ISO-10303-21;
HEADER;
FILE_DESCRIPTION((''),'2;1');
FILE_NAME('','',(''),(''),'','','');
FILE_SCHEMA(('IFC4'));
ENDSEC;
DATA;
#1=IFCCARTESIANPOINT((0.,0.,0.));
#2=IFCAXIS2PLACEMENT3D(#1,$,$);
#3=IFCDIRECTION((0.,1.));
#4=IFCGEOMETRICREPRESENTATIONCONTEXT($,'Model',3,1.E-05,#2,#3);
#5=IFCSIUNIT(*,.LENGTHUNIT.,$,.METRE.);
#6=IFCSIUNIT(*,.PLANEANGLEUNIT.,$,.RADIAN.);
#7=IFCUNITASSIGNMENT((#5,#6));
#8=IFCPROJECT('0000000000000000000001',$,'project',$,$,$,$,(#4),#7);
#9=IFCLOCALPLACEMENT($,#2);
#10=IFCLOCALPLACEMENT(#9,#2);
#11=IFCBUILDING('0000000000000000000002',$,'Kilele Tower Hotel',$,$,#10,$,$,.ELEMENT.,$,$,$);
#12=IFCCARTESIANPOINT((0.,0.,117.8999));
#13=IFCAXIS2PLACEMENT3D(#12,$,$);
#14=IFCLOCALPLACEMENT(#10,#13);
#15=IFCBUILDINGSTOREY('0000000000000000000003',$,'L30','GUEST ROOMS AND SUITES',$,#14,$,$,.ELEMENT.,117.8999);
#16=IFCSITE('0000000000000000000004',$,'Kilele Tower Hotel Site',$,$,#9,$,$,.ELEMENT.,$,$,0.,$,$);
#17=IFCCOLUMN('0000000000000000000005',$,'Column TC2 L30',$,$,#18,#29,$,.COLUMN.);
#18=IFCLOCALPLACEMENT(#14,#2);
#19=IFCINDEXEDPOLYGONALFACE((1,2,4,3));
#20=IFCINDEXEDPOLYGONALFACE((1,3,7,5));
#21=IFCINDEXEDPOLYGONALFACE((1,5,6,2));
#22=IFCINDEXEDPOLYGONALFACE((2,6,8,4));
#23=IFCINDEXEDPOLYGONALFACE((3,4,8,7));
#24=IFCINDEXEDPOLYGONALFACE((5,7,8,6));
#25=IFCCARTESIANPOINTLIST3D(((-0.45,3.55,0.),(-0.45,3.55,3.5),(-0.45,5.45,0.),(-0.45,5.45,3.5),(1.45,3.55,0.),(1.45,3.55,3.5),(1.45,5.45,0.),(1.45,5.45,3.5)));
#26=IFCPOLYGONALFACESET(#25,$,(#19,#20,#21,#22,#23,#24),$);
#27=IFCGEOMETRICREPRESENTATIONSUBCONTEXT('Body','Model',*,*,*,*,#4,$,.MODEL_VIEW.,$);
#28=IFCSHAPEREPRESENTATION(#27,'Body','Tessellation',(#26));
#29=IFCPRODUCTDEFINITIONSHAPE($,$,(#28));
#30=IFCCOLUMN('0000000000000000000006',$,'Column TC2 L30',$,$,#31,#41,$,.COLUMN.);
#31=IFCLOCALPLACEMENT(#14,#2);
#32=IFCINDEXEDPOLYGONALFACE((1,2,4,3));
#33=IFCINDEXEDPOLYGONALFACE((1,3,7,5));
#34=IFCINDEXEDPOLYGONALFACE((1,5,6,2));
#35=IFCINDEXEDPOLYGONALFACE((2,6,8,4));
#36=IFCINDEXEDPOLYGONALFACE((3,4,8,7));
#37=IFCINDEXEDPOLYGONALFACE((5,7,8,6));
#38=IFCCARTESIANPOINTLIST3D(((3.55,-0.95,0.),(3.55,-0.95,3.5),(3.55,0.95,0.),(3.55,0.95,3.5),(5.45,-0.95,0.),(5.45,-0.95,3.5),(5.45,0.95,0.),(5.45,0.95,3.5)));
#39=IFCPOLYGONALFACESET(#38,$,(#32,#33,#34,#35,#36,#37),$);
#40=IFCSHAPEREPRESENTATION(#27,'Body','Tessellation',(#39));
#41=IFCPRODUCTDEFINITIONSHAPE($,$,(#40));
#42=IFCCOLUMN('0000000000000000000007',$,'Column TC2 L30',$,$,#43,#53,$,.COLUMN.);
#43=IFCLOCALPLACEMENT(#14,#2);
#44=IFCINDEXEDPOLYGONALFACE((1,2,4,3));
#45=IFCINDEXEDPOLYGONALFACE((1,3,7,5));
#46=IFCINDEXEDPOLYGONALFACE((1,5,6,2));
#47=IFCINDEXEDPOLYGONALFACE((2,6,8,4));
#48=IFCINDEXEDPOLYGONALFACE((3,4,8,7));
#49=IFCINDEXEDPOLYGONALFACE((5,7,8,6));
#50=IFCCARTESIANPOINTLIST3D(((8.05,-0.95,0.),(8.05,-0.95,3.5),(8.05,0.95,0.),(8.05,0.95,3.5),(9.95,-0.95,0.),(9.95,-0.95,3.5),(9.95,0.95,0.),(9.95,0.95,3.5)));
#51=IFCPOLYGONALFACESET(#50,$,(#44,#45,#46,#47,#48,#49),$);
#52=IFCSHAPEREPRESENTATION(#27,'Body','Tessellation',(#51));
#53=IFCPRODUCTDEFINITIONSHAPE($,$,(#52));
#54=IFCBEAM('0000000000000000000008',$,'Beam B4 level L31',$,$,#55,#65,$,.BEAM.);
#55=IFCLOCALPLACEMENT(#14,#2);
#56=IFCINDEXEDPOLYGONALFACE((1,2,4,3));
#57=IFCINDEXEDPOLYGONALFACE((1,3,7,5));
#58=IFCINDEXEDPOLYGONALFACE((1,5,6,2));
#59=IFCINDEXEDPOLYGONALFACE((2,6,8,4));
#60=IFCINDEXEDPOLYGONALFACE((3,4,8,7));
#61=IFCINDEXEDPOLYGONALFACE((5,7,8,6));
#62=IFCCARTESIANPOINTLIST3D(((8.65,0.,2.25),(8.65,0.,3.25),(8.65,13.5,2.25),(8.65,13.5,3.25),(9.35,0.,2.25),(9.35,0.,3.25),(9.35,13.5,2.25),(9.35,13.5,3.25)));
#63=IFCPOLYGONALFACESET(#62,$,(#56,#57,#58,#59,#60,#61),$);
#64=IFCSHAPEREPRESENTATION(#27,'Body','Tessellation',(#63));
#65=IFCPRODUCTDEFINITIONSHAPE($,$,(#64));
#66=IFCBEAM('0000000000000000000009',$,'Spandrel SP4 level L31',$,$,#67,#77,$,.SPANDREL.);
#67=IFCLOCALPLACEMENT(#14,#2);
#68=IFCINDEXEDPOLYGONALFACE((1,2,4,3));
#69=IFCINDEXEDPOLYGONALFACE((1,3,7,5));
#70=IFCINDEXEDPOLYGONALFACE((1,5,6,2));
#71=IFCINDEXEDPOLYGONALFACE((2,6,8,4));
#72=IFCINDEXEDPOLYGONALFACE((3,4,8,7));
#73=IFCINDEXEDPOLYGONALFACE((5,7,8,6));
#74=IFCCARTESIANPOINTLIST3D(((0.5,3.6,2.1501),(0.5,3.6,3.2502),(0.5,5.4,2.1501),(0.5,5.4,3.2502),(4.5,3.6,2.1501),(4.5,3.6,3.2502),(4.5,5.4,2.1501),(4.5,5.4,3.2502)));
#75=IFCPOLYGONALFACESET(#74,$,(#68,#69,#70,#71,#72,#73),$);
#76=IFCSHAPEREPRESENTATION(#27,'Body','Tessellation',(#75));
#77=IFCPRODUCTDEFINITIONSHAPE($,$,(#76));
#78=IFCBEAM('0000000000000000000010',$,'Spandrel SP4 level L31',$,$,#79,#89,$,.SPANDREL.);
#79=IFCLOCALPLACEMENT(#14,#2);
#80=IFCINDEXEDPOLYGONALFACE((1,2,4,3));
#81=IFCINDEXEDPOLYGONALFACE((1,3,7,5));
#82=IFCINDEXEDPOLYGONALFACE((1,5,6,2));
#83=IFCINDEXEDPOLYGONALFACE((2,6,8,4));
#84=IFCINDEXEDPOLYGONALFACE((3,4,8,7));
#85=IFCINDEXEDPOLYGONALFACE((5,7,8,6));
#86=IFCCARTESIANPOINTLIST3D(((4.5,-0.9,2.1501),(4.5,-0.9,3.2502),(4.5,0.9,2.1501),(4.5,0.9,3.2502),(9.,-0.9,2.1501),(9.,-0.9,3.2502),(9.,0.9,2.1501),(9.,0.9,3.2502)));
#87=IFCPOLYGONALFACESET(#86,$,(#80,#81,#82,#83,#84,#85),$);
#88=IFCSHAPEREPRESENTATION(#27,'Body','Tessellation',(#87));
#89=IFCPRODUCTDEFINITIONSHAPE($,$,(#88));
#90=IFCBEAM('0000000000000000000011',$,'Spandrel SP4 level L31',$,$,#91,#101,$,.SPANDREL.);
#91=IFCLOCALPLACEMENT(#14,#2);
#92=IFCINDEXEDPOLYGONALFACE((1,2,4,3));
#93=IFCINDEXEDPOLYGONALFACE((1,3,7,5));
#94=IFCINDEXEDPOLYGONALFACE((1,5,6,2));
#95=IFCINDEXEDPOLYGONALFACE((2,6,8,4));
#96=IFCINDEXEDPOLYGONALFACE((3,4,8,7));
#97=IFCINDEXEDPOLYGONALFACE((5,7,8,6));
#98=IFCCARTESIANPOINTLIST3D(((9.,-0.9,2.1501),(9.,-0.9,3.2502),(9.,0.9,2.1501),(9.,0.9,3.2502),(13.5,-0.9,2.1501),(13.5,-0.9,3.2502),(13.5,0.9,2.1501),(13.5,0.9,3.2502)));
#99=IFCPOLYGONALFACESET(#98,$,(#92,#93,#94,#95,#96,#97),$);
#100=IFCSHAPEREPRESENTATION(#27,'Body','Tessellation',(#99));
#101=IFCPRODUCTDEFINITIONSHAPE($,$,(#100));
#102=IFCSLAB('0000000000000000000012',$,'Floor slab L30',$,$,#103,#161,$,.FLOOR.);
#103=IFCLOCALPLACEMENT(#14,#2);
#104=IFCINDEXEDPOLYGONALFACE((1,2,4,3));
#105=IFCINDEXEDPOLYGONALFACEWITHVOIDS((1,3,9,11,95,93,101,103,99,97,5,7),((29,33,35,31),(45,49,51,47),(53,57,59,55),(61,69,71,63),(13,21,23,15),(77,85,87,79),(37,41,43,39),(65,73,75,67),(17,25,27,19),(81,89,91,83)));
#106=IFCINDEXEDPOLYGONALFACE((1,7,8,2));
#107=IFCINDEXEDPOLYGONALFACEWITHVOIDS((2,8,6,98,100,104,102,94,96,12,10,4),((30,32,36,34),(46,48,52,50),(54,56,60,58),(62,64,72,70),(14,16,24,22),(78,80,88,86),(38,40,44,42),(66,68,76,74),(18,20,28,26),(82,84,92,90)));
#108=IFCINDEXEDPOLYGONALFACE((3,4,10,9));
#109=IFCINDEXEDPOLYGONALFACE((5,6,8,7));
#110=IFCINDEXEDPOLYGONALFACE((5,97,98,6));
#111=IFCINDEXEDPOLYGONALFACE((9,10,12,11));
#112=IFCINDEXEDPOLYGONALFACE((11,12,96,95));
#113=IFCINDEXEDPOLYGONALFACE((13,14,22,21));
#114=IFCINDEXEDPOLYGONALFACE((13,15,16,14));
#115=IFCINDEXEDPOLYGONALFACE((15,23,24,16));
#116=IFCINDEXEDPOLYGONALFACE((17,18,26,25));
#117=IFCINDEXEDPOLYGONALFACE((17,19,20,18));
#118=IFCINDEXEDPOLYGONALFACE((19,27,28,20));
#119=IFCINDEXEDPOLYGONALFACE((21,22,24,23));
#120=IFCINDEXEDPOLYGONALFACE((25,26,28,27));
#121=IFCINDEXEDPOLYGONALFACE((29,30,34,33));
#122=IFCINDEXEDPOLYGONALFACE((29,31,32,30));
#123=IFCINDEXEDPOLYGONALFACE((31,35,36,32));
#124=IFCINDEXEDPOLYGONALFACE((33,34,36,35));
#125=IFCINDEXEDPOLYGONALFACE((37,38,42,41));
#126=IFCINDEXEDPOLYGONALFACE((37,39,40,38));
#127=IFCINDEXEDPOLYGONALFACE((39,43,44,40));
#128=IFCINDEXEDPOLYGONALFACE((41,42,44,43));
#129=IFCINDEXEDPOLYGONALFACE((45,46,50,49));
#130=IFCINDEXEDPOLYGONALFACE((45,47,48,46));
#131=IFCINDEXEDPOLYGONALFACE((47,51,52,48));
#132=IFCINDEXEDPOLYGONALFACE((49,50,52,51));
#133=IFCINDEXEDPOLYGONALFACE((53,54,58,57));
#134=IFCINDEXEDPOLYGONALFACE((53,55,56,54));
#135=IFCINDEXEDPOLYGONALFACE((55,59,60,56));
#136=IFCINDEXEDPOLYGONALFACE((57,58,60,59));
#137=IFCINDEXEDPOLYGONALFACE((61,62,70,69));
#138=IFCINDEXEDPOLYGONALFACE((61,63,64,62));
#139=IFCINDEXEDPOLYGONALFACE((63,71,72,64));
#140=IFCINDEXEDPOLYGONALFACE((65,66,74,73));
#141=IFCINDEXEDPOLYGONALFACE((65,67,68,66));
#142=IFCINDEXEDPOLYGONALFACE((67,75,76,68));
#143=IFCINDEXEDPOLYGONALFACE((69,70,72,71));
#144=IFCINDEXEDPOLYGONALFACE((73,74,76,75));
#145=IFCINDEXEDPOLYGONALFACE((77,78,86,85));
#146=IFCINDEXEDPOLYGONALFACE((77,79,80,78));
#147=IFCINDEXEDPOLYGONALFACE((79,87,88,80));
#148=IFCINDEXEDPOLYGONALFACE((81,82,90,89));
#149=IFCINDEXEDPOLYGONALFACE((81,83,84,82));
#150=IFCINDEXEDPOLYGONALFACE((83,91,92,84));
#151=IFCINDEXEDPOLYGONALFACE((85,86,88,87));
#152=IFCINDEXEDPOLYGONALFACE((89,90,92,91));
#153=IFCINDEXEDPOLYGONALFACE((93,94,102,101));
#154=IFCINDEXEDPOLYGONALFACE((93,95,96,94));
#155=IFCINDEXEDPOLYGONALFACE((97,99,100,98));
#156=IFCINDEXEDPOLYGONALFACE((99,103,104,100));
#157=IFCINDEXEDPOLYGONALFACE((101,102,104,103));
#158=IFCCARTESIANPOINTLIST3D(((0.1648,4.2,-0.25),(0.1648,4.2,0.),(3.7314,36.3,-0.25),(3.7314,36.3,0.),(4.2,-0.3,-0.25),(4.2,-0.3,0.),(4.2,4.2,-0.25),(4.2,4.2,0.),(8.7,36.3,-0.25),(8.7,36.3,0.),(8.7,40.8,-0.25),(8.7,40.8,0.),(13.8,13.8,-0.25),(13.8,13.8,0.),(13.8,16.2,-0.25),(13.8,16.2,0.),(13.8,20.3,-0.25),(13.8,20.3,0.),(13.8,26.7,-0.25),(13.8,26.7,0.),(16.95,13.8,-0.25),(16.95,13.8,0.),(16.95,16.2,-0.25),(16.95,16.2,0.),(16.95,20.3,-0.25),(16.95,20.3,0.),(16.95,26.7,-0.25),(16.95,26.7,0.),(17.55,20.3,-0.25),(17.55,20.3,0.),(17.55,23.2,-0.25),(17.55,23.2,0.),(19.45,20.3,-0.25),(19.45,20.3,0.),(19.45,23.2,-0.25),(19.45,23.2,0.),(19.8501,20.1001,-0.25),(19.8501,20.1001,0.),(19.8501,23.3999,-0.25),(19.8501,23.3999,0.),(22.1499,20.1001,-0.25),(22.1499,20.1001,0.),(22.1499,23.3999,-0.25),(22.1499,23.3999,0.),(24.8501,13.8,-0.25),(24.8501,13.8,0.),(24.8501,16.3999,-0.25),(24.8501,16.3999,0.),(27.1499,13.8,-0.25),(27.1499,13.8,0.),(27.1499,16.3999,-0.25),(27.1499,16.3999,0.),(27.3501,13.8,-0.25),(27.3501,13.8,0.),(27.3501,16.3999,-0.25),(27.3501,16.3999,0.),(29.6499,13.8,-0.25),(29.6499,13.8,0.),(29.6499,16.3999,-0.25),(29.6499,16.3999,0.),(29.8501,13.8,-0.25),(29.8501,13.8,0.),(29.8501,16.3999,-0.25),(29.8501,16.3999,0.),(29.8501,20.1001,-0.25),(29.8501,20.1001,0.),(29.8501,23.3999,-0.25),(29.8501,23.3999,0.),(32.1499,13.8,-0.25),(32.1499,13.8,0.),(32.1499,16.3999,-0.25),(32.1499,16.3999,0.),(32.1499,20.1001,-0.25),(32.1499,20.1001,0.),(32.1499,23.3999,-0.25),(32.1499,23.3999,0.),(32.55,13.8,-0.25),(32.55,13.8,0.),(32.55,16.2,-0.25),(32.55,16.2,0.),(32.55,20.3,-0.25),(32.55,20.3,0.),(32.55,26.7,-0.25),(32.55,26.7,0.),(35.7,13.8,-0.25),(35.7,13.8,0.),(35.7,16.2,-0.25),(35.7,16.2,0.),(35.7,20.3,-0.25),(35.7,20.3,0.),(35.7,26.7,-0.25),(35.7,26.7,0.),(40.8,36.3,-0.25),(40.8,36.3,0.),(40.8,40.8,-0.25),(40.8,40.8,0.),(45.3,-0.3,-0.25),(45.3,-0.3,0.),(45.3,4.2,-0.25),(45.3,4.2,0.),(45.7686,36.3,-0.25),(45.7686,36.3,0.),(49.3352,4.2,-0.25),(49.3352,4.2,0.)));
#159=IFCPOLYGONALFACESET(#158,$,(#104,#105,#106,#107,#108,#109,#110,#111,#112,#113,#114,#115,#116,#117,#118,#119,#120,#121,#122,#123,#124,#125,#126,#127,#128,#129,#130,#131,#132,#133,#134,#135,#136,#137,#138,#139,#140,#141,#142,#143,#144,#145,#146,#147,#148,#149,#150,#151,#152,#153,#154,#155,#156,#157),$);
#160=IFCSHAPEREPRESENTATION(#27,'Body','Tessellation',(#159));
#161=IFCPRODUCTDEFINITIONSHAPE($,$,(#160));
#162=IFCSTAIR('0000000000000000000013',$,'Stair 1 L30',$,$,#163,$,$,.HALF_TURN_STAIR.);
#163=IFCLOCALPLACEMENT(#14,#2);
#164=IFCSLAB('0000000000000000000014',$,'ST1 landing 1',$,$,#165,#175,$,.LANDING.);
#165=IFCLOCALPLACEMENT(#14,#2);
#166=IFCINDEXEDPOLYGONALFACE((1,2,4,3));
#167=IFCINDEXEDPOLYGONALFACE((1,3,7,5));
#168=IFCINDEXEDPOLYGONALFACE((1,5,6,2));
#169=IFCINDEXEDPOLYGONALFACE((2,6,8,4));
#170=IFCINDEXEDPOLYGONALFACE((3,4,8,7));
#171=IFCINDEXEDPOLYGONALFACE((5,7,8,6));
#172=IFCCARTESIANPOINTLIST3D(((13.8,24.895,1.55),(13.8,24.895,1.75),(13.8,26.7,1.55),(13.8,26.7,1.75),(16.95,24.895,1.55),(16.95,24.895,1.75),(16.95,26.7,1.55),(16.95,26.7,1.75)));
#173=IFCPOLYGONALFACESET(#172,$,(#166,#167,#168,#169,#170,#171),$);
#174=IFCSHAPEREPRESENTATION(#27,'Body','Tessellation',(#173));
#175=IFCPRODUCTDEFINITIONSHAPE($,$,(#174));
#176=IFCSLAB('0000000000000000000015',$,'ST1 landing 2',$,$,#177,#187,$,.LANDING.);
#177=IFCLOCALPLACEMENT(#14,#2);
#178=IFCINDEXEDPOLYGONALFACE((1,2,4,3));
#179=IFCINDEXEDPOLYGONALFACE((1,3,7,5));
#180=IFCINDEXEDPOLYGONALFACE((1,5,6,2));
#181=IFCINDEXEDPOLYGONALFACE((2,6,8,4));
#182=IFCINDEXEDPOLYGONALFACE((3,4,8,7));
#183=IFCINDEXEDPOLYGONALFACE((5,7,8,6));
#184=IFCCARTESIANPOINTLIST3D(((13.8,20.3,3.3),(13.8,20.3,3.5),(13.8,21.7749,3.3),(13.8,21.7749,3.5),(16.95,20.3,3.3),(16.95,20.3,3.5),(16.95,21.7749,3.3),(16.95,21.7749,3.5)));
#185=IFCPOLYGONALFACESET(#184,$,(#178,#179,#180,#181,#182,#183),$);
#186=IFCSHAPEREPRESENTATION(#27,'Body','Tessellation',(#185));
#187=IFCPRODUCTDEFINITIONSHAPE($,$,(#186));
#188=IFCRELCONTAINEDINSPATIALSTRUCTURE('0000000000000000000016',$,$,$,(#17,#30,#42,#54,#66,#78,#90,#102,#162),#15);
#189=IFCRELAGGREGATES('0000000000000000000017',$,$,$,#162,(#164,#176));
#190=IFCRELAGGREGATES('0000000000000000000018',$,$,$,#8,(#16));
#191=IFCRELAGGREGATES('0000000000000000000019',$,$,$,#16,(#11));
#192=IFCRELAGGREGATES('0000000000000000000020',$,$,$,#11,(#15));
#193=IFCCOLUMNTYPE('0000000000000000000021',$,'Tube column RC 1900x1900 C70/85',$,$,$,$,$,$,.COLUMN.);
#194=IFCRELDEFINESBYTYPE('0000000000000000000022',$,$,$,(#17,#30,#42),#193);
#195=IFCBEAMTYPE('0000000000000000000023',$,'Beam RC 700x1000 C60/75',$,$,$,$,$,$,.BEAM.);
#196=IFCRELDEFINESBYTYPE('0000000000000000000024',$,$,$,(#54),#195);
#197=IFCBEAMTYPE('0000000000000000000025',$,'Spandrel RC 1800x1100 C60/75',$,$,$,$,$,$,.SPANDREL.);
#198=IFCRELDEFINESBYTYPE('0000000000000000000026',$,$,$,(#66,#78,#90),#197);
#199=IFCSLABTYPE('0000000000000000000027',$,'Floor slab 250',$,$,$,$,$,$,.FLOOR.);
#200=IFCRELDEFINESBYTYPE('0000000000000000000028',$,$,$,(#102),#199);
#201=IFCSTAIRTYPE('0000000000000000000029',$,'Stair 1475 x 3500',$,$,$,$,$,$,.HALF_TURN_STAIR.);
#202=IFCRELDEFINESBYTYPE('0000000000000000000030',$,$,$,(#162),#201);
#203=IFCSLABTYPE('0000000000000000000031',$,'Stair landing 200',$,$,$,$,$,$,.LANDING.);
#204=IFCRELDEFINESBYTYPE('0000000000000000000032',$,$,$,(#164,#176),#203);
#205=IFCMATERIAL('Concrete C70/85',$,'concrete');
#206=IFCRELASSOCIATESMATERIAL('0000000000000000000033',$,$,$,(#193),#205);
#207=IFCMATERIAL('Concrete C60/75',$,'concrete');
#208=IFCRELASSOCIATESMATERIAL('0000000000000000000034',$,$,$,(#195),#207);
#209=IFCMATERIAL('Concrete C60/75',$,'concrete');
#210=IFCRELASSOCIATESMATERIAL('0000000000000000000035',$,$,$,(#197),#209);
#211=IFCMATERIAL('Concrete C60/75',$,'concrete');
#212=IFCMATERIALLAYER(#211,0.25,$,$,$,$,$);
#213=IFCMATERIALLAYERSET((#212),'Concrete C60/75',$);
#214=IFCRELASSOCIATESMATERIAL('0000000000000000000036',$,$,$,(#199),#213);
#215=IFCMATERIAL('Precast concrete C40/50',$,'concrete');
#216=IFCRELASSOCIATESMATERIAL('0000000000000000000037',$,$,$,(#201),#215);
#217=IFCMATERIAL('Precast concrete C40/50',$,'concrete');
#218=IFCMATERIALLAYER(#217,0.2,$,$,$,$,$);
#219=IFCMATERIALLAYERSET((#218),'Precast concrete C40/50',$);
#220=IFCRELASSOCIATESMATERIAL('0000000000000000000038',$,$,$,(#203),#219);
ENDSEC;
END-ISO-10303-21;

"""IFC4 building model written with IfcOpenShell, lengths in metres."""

from ifc_helpers import new_model, si_unit, direction, frame, origin, origin_2d, place, context, subcontext, project, spatial, polyline, rectangle, outline, extrude, material, layer, layer_set, material_profile, profile_set, type_object, element, aggregate, save


model = new_model("IFC4")

# Units and contexts
model_context = context("Model", 3, precision=1e-05, world=origin(), true_north=direction((0.0, 1.0)))
body_context = subcontext(model_context, "Body", "Model", "MODEL_VIEW")
ifc_project = project(units=[si_unit("LENGTHUNIT", "METRE"), si_unit("PLANEANGLEUNIT", "RADIAN")], contexts=[model_context])

# Site, building, storey
site_placement = place(None, origin())
site = spatial("IfcSite", under=ifc_project, at=site_placement, Name="Kilele Tower Hotel Site", CompositionType="ELEMENT", RefElevation=0.0)
building_placement = place(site_placement, origin())
building = spatial("IfcBuilding", under=site, at=building_placement, Name="Kilele Tower Hotel", CompositionType="ELEMENT")
storey_placement = place(building_placement, frame((0.0, 0.0, 117.8999)))
storey = spatial("IfcBuildingStorey", under=building, at=storey_placement, Name="L30", Description="GUEST ROOMS AND SUITES", CompositionType="ELEMENT", Elevation=117.8999)

# Columns
ifc_material_1 = material(Name="Concrete C70/85", Category="concrete")
ifc_material_profile_1 = material_profile(ifc_material_1, rectangle(XDim=1.8999, YDim=1.8999, at=origin_2d()))
ifc_profile_set_1 = profile_set([ifc_material_profile_1], Name="Concrete C70/85")
column_type = type_object("IfcColumnType", Name="Tube column RC 1900x1900 C70/85", PredefinedType="COLUMN", material=ifc_profile_set_1)
for number, where, z_axis, x_axis, name in (
    (1, (0.5, 4.5, 0.0), (0.0, 0.0, 1.0), (1.0, 0.0, 0.0), "Column TC2 L30"),
    (2, (4.5, 0.0, 0.0), (0.0, 0.0, 1.0), (1.0, 0.0, 0.0), "Column TC2 L30"),
    (3, (9.0, 0.0, 0.0), (0.0, 0.0, 1.0), (1.0, 0.0, 0.0), "Column TC2 L30"),
):
    element("IfcColumn", number, at=place(storey_placement, frame(where, z_axis=z_axis, x_axis=x_axis)), inside=storey, type_object=column_type, Name=name, PredefinedType="COLUMN", context=body_context, shape_type="SweptSolid", body=[
        extrude(rectangle(XDim=1.8999, YDim=1.8999, at=origin_2d()), origin(), (0.0, 0.0, 1.0), 3.5),
    ])

# Beams
ifc_material_2 = material(Name="Concrete C60/75", Category="concrete")
ifc_material_profile_2 = material_profile(ifc_material_2, rectangle(XDim=0.7, YDim=1.0, at=origin_2d()))
ifc_profile_set_2 = profile_set([ifc_material_profile_2], Name="Concrete C60/75")
beam_type_1 = type_object("IfcBeamType", Name="Beam RC 700x1000 C60/75", PredefinedType="BEAM", material=ifc_profile_set_2)
beam_1_placement = place(storey_placement, frame((9.0, 0.0, 2.75), z_axis=(0.0, 1.0, 0.0), x_axis=(-1.0, 0.0, 0.0)))
element("IfcBeam", 4, at=beam_1_placement, inside=storey, type_object=beam_type_1, Name="Beam B4 level L31", PredefinedType="BEAM", context=body_context, shape_type="SweptSolid", body=[
    extrude(rectangle(XDim=0.7, YDim=1.0, at=origin_2d()), origin(), (0.0, 0.0, 1.0), 13.5),
])
ifc_material_3 = material(Name="Concrete C60/75", Category="concrete")
ifc_material_profile_3 = material_profile(ifc_material_3, rectangle(XDim=1.8, YDim=1.1001, at=origin_2d()))
ifc_profile_set_3 = profile_set([ifc_material_profile_3], Name="Concrete C60/75")
beam_type_2 = type_object("IfcBeamType", Name="Spandrel RC 1800x1100 C60/75", PredefinedType="SPANDREL", material=ifc_profile_set_3)
beam_2_placement = place(storey_placement, frame((0.5, 4.5, 2.7002), z_axis=(1.0, 0.0, 0.0), x_axis=(0.0, 1.0, 0.0)))
element("IfcBeam", 5, at=beam_2_placement, inside=storey, type_object=beam_type_2, Name="Spandrel SP4 level L31", PredefinedType="SPANDREL", context=body_context, shape_type="SweptSolid", body=[
    extrude(rectangle(XDim=1.8, YDim=1.1001, at=origin_2d()), origin(), (0.0, 0.0, 1.0), 4.0),
])
for number, where, z_axis, x_axis, name in (
    (6, (4.5, 0.0, 2.7002), (1.0, 0.0, 0.0), (0.0, 1.0, 0.0), "Spandrel SP4 level L31"),
    (7, (9.0, 0.0, 2.7002), (1.0, 0.0, 0.0), (0.0, 1.0, 0.0), "Spandrel SP4 level L31"),
):
    element("IfcBeam", number, at=place(storey_placement, frame(where, z_axis=z_axis, x_axis=x_axis)), inside=storey, type_object=beam_type_2, Name=name, PredefinedType="SPANDREL", context=body_context, shape_type="SweptSolid", body=[
        extrude(rectangle(XDim=1.8, YDim=1.1001, at=origin_2d()), origin(), (0.0, 0.0, 1.0), 4.5),
    ])

# Slab
ifc_material_4 = material(Name="Concrete C60/75", Category="concrete")
ifc_layer_1 = layer(ifc_material_4, 0.25)
ifc_layer_set_1 = layer_set([ifc_layer_1], Name="Concrete C60/75")
slab_type_1 = type_object("IfcSlabType", Name="Floor slab 250", PredefinedType="FLOOR", material=ifc_layer_set_1)
slab_1_placement = place(storey_placement, frame((0.0, 0.0, -0.25)))
element("IfcSlab", 8, at=slab_1_placement, inside=storey, type_object=slab_type_1, Name="Floor slab L30", PredefinedType="FLOOR", context=body_context, shape_type="SweptSolid", body=[
    extrude(outline(polyline([(8.7, 36.3), (8.7, 40.8), (40.8, 40.8), (40.8, 36.3), (45.7686, 36.3), (49.3352, 4.2), (45.3, 4.2), (45.3, -0.3), (4.2, -0.3), (4.2, 4.2), (0.1648, 4.2), (3.7314, 36.3), (8.7, 36.3)]), holes=[polyline([(16.95, 16.2), (13.8, 16.2), (13.8, 13.8), (16.95, 13.8), (16.95, 16.2)]), polyline([(35.7, 16.2), (32.55, 16.2), (32.55, 13.8), (35.7, 13.8), (35.7, 16.2)]), polyline([(27.1499, 16.3999), (24.8501, 16.3999), (24.8501, 13.8), (27.1499, 13.8), (27.1499, 16.3999)]), polyline([(29.6499, 13.8), (29.6499, 16.3999), (27.3501, 16.3999), (27.3501, 13.8), (29.6499, 13.8)]), polyline([(32.1499, 13.8), (32.1499, 16.3999), (29.8501, 16.3999), (29.8501, 13.8), (32.1499, 13.8)]), polyline([(19.45, 23.2), (17.55, 23.2), (17.55, 20.3), (19.45, 20.3), (19.45, 23.2)]), polyline([(22.1499, 23.3999), (19.8501, 23.3999), (19.8501, 20.1001), (22.1499, 20.1001), (22.1499, 23.3999)]), polyline([(32.1499, 23.3999), (29.8501, 23.3999), (29.8501, 20.1001), (32.1499, 20.1001), (32.1499, 23.3999)]), polyline([(16.95, 20.3), (16.95, 26.7), (13.8, 26.7), (13.8, 20.3), (16.95, 20.3)]), polyline([(35.7, 20.3), (35.7, 26.7), (32.55, 26.7), (32.55, 20.3), (35.7, 20.3)])]), origin(), (0.0, 0.0, 1.0), 0.25),
])

# Stair, slabs
ifc_material_5 = material(Name="Precast concrete C40/50", Category="concrete")
stair_type = type_object("IfcStairType", Name="Stair 1475 x 3500", PredefinedType="HALF_TURN_STAIR", material=ifc_material_5)
stair_1_placement = place(storey_placement, origin())
stair_1 = element("IfcStair", 9, at=stair_1_placement, inside=storey, type_object=stair_type, Name="Stair 1 L30", PredefinedType="HALF_TURN_STAIR")
ifc_material_6 = material(Name="Precast concrete C40/50", Category="concrete")
ifc_layer_2 = layer(ifc_material_6, 0.2)
ifc_layer_set_2 = layer_set([ifc_layer_2], Name="Precast concrete C40/50")
slab_type_2 = type_object("IfcSlabType", Name="Stair landing 200", PredefinedType="LANDING", material=ifc_layer_set_2)
slab_2_placement = place(storey_placement, frame((0.0, 0.0, 1.55)))
slab_2 = element("IfcSlab", 10, at=slab_2_placement, type_object=slab_type_2, Name="ST1 landing 1", PredefinedType="LANDING", context=body_context, shape_type="SweptSolid", body=[
    extrude(outline(polyline([(13.8, 24.895), (16.95, 24.895), (16.95, 26.7), (13.8, 26.7), (13.8, 24.895)])), origin(), (0.0, 0.0, 1.0), 0.2),
])
slab_3_placement = place(storey_placement, frame((0.0, 0.0, 3.3)))
slab_3 = element("IfcSlab", 11, at=slab_3_placement, type_object=slab_type_2, Name="ST1 landing 2", PredefinedType="LANDING", context=body_context, shape_type="SweptSolid", body=[
    extrude(outline(polyline([(13.8, 20.3), (16.95, 20.3), (16.95, 21.7749), (13.8, 21.7749), (13.8, 20.3)])), origin(), (0.0, 0.0, 1.0), 0.2),
])
aggregate(stair_1, [slab_2, slab_3])

save(model, "model.ifc")
